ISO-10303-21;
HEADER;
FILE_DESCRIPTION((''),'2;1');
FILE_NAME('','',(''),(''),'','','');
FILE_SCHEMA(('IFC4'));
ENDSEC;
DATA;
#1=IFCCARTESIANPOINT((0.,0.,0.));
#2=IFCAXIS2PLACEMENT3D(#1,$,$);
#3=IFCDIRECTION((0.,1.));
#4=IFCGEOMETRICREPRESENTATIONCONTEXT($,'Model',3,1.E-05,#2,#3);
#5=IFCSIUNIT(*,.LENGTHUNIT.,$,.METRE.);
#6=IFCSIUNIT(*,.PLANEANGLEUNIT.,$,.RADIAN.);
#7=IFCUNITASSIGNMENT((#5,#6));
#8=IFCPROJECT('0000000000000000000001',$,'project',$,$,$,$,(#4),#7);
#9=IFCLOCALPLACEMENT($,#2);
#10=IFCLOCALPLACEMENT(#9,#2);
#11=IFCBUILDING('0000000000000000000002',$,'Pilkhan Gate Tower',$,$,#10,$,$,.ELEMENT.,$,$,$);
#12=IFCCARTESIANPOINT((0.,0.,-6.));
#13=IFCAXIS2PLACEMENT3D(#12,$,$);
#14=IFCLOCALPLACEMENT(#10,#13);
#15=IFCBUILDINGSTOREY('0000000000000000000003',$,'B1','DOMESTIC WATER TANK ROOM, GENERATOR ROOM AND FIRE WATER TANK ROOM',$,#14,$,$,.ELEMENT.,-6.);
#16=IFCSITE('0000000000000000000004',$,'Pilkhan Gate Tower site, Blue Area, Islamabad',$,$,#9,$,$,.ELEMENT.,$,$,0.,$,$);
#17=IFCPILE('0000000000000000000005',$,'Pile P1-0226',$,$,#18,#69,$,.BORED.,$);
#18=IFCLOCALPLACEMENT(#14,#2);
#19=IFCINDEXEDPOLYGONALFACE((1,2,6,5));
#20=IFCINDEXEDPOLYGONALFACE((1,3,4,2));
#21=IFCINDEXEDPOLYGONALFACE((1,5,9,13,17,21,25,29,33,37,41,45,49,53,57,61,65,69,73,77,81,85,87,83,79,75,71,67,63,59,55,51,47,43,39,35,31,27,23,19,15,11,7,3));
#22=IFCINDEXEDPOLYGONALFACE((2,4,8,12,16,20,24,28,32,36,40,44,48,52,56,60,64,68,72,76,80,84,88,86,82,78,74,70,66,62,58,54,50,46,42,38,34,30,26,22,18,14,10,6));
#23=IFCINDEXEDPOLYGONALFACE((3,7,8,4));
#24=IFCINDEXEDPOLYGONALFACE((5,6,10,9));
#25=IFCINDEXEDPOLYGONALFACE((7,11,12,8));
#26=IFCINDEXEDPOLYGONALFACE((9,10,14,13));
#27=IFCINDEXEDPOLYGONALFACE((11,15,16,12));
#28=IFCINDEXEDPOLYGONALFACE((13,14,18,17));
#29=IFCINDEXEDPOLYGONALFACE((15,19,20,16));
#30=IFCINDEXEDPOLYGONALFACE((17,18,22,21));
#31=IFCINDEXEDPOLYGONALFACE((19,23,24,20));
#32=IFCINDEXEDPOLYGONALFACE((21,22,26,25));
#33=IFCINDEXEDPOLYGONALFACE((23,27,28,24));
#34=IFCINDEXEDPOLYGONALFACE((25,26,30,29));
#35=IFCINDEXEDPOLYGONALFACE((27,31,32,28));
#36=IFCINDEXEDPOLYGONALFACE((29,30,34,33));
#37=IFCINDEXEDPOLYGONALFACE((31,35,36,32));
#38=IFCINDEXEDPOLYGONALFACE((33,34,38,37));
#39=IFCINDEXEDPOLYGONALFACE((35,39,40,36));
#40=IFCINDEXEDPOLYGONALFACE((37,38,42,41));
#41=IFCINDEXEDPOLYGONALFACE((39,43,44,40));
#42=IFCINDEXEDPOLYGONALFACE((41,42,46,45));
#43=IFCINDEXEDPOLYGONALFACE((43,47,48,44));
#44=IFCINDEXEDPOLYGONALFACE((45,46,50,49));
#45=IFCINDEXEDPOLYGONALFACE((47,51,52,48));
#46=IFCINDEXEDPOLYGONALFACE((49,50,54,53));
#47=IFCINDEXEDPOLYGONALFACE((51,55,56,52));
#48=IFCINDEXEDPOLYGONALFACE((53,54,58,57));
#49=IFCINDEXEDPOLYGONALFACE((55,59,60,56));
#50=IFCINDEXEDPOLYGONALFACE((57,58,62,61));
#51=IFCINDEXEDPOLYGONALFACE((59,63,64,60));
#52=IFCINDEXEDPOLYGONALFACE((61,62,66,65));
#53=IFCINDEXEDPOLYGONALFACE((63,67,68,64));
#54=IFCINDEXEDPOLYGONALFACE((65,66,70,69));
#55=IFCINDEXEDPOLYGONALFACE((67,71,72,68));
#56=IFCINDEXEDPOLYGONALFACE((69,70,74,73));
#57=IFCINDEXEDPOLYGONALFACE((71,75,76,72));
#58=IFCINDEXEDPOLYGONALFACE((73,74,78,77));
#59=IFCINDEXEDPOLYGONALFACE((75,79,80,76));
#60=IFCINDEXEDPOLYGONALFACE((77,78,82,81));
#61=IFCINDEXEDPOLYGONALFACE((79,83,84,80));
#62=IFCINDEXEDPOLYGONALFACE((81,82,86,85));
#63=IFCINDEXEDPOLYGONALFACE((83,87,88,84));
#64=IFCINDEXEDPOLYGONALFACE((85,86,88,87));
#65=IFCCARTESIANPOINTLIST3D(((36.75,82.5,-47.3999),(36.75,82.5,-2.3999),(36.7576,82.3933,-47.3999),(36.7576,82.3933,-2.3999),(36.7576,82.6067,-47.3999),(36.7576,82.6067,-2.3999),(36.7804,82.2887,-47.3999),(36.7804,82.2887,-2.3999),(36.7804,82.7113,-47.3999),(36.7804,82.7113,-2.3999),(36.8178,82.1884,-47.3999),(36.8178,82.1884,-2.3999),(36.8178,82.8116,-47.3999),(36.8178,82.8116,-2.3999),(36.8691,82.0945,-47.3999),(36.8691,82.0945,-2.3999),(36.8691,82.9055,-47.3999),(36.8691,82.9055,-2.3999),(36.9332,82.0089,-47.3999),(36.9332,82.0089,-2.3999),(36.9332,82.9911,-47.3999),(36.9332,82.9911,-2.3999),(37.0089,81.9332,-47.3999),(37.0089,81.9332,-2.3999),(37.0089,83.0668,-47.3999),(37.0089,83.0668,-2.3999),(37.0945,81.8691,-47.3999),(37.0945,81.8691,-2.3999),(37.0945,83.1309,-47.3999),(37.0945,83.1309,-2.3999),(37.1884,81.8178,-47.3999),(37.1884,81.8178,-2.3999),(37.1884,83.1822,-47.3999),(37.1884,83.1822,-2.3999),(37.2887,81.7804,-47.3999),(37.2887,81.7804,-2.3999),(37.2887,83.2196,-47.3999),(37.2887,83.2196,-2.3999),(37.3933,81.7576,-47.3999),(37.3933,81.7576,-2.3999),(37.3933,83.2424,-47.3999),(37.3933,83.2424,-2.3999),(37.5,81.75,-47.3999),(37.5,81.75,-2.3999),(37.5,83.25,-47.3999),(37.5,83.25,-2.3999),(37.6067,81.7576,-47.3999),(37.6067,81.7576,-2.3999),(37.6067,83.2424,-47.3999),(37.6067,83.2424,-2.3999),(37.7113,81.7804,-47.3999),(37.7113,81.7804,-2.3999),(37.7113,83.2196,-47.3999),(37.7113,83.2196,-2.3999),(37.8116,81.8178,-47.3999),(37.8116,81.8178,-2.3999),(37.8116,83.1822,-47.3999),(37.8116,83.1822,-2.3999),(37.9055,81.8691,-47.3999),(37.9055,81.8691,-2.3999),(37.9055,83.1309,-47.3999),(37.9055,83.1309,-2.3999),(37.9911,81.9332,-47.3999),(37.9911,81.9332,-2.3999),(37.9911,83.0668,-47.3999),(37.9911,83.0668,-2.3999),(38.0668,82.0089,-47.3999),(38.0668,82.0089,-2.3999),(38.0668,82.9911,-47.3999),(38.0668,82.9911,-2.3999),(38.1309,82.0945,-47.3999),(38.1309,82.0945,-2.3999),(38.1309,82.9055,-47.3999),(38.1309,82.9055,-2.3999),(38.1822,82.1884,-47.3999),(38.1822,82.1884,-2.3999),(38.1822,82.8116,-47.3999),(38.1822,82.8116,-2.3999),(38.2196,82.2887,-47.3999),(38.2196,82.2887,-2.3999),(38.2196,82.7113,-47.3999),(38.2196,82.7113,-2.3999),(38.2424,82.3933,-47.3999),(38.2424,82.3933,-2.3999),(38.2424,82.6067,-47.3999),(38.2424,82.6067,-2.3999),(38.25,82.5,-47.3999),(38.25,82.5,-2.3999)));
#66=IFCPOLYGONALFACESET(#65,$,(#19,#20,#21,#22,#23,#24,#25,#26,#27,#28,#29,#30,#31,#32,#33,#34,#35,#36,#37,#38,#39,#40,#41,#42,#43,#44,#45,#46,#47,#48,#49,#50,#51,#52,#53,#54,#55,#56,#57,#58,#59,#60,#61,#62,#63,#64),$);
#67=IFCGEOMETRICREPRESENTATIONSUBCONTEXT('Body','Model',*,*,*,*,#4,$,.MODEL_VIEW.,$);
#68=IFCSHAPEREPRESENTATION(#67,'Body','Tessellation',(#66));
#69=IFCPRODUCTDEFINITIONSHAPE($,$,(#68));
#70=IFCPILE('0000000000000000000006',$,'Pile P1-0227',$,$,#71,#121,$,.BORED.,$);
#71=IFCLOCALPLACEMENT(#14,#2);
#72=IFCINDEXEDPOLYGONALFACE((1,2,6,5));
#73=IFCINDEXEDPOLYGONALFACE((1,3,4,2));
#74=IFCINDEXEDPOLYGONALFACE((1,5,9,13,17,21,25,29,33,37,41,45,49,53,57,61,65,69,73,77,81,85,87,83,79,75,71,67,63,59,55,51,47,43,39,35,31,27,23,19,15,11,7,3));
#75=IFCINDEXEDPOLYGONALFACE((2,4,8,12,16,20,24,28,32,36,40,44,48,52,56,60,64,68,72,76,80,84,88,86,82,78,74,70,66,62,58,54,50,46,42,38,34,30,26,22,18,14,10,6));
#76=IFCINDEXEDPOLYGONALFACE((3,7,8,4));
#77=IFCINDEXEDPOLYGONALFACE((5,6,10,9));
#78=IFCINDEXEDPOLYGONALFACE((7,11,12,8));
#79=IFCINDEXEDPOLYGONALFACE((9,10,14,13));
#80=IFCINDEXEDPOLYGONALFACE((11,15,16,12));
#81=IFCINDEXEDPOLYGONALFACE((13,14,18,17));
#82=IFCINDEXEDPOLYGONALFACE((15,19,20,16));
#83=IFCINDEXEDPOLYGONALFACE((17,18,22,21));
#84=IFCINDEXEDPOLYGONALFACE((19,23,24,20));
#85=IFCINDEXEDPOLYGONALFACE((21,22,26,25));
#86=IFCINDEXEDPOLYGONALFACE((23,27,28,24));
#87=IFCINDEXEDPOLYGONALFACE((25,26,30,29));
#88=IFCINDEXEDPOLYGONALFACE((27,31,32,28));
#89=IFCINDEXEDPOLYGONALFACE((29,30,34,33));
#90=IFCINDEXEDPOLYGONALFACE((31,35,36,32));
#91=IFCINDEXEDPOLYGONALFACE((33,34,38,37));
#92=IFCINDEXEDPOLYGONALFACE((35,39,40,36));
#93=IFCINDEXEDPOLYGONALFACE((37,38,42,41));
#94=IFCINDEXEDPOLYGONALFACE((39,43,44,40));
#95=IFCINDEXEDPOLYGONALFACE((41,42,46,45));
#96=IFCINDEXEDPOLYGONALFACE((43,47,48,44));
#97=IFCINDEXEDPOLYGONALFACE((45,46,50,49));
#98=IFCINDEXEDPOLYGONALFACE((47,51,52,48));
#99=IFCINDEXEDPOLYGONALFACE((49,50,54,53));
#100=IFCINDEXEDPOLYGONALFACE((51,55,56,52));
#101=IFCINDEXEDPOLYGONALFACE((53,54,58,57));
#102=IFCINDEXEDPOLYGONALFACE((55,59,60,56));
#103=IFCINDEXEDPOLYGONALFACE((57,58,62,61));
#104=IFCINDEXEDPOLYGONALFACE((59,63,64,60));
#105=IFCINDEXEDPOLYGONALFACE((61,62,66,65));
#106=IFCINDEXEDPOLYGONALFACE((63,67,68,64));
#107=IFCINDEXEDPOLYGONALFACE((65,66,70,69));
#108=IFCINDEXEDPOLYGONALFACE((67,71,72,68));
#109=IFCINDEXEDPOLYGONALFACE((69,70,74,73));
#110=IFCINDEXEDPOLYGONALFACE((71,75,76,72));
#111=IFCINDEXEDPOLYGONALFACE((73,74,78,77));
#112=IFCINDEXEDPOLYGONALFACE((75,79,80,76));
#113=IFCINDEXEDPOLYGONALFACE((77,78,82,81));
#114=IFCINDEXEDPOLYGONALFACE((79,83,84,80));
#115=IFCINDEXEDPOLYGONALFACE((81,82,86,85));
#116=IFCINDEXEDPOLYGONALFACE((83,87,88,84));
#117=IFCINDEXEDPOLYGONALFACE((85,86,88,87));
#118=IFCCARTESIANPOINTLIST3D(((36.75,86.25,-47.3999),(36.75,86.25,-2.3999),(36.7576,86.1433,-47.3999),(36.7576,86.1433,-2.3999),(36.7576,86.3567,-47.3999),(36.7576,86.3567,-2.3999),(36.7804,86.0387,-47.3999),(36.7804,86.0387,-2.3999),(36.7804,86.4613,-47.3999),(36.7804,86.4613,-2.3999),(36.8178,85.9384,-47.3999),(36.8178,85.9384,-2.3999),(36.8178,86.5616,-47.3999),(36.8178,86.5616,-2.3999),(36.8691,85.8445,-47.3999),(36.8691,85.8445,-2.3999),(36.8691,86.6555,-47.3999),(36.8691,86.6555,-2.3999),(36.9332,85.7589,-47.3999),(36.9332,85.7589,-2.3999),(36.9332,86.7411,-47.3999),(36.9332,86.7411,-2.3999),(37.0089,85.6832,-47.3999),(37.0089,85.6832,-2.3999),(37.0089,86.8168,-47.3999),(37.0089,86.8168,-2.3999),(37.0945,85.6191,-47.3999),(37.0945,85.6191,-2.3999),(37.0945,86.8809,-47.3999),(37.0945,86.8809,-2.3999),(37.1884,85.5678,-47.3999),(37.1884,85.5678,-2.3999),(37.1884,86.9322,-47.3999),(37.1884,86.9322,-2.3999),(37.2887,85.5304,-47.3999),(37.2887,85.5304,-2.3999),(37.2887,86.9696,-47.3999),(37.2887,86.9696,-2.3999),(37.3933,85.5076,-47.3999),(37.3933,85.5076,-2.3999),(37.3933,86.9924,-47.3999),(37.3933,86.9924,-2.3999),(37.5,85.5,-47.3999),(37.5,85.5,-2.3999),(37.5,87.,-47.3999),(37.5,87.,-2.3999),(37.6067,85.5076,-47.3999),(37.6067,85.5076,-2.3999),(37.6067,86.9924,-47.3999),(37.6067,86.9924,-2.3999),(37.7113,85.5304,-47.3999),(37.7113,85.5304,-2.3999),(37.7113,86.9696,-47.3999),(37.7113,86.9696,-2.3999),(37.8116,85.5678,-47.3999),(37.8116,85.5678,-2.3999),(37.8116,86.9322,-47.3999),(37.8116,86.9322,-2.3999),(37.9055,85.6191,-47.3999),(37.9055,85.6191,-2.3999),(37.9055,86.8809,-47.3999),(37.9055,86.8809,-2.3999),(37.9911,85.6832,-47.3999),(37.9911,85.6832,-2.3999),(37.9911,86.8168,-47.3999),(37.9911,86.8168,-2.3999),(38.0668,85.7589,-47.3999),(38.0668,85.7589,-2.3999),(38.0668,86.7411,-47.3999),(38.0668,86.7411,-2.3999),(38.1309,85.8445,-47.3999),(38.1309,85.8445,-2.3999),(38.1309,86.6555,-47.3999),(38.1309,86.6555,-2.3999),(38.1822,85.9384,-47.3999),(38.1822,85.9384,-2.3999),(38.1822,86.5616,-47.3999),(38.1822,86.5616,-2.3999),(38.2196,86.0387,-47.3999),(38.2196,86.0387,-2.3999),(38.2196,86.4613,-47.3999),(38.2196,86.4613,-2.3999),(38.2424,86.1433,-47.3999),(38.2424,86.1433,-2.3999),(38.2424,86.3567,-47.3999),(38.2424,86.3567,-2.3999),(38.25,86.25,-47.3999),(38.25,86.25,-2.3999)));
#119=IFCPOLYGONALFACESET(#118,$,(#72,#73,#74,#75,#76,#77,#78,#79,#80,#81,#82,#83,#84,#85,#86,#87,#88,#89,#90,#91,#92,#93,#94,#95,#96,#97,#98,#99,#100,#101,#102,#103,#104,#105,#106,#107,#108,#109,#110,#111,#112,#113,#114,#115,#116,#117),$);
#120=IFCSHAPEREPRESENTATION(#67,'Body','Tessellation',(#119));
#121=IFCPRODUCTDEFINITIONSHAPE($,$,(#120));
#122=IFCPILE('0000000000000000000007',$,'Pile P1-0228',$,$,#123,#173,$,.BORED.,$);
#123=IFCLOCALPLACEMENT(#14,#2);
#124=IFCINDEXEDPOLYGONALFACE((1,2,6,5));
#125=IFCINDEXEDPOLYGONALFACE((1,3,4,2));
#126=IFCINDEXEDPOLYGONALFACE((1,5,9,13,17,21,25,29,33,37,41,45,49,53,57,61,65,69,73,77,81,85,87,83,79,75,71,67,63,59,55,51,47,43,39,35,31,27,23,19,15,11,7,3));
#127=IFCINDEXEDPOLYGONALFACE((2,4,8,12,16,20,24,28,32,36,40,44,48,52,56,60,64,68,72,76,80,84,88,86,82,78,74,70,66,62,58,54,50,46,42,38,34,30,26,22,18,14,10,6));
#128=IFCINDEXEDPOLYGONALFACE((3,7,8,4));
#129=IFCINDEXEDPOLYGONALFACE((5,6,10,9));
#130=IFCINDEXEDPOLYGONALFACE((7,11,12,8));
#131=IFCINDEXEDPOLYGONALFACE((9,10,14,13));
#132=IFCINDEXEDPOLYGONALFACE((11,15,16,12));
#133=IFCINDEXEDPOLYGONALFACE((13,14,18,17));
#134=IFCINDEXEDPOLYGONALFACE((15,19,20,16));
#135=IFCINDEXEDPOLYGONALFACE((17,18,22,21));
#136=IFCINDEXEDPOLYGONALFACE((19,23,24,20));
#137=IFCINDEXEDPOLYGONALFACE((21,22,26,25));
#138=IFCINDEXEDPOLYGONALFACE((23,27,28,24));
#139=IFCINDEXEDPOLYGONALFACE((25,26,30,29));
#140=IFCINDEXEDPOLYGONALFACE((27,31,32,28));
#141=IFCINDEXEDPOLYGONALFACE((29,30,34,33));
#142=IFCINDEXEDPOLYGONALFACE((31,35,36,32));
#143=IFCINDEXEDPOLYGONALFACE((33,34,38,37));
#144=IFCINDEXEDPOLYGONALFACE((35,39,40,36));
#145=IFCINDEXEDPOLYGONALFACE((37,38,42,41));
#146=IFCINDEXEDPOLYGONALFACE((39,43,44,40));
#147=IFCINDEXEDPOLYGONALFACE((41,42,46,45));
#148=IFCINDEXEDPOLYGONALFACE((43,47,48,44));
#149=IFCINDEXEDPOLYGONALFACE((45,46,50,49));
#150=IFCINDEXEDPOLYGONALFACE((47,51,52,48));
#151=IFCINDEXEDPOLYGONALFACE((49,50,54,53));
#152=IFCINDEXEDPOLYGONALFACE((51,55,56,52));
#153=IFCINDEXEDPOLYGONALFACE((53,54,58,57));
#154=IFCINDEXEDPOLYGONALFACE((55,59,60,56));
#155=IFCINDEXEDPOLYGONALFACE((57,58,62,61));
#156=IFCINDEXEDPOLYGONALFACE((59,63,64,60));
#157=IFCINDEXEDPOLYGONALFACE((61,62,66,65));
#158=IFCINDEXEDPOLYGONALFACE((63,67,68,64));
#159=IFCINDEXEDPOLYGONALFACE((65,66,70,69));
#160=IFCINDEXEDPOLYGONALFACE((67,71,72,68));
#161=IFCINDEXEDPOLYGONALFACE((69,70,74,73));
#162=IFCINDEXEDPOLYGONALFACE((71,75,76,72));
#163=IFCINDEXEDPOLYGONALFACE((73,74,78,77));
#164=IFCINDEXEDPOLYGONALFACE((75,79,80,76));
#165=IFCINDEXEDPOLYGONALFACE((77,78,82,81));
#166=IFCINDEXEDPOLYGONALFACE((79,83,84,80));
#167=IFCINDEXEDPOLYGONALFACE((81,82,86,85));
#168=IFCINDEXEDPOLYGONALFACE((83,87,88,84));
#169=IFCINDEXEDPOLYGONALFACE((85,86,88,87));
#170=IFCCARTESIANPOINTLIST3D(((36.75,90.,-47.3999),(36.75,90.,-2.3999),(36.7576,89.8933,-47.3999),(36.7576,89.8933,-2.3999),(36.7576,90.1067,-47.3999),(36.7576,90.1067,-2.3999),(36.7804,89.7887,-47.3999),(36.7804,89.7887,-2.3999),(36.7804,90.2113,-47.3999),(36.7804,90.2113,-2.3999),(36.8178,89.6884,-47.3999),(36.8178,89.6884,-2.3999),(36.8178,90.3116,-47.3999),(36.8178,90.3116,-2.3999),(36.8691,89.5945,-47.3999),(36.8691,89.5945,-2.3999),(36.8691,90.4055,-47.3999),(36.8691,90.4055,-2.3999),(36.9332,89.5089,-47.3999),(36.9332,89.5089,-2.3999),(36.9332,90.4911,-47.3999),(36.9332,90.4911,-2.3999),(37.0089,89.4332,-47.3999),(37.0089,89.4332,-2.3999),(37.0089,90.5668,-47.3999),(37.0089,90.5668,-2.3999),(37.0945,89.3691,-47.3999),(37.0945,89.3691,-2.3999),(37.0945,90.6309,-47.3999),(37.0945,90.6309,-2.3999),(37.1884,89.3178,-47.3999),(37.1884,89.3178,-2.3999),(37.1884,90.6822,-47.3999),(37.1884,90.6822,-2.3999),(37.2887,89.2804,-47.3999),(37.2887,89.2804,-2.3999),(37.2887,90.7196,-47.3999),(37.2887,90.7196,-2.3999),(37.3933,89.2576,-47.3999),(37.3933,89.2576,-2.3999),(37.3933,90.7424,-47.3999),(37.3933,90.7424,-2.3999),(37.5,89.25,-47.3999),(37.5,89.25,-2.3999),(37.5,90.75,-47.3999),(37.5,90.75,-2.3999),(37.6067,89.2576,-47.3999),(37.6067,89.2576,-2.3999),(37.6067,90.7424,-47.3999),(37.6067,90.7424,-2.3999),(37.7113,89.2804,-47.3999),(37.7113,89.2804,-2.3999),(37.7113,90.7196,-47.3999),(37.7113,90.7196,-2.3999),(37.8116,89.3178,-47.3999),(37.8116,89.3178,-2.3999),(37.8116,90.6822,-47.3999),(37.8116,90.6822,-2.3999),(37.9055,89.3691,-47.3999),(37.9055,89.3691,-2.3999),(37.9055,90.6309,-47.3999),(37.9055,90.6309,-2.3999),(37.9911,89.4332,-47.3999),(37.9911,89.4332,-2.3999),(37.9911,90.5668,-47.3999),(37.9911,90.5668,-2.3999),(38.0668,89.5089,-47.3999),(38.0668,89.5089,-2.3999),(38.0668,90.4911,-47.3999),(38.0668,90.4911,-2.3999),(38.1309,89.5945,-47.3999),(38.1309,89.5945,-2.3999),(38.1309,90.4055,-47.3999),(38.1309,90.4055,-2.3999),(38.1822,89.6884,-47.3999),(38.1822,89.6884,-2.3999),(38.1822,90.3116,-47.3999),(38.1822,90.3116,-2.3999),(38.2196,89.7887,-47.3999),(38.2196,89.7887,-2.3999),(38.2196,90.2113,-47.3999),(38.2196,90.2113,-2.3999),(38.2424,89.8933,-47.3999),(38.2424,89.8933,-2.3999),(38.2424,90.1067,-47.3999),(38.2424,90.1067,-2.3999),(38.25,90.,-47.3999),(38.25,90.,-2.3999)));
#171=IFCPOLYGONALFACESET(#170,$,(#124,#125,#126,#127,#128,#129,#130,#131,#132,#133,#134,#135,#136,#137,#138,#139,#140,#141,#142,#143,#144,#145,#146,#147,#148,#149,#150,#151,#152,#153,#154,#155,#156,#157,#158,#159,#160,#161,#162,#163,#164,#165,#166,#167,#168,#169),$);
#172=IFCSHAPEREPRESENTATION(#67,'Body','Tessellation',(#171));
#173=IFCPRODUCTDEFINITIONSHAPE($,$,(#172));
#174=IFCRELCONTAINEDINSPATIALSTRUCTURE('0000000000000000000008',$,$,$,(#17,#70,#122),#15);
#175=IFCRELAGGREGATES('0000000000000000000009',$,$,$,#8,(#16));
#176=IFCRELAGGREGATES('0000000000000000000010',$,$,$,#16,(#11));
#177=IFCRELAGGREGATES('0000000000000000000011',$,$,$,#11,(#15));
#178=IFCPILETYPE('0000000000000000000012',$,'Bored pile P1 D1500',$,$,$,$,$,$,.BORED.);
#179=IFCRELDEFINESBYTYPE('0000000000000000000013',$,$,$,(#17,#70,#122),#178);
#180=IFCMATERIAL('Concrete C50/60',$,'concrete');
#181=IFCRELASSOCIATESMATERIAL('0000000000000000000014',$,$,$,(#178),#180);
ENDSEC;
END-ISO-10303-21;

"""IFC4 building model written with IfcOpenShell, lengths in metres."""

from ifc_helpers import new_model, si_unit, direction, frame, origin, origin_2d, place, context, subcontext, project, spatial, circle, extrude, material, material_profile, profile_set, type_object, element, save


model = new_model("IFC4")

# Units and contexts
model_context = context("Model", 3, precision=1e-05, world=origin(), true_north=direction((0.0, 1.0)))
body_context = subcontext(model_context, "Body", "Model", "MODEL_VIEW")
ifc_project = project(units=[si_unit("LENGTHUNIT", "METRE"), si_unit("PLANEANGLEUNIT", "RADIAN")], contexts=[model_context])

# Site, building, storey
site_placement = place(None, origin())
site = spatial("IfcSite", under=ifc_project, at=site_placement, Name="Pilkhan Gate Tower site, Blue Area, Islamabad", CompositionType="ELEMENT", RefElevation=0.0)
building_placement = place(site_placement, origin())
building = spatial("IfcBuilding", under=site, at=building_placement, Name="Pilkhan Gate Tower", CompositionType="ELEMENT")
storey_placement = place(building_placement, frame((0.0, 0.0, -6.0)))
storey = spatial("IfcBuildingStorey", under=building, at=storey_placement, Name="B1", Description="DOMESTIC WATER TANK ROOM, GENERATOR ROOM AND FIRE WATER TANK ROOM", CompositionType="ELEMENT", Elevation=-6.0)

# Piles
ifc_material_1 = material(Name="Concrete C50/60", Category="concrete")
ifc_material_profile_1 = material_profile(ifc_material_1, circle(Radius=0.75, at=origin_2d()), Name="Bored pile 1500 dia")
ifc_profile_set_1 = profile_set([ifc_material_profile_1], Name="Concrete C50/60")
pile_type = type_object("IfcPileType", Name="Bored pile P1 D1500", PredefinedType="BORED", material=ifc_profile_set_1)
for number, where, z_axis, x_axis, name in (
    (1, (37.5, 82.5, -2.3999), (0.0, 0.0, -1.0), (1.0, 0.0, 0.0), "Pile P1-0226"),
    (2, (37.5, 86.25, -2.3999), (0.0, 0.0, -1.0), (1.0, 0.0, 0.0), "Pile P1-0227"),
    (3, (37.5, 90.0, -2.3999), (0.0, 0.0, -1.0), (1.0, 0.0, 0.0), "Pile P1-0228"),
):
    element("IfcPile", number, at=place(storey_placement, frame(where, z_axis=z_axis, x_axis=x_axis)), inside=storey, type_object=pile_type, Name=name, PredefinedType="BORED", context=body_context, shape_type="SweptSolid", body=[
        extrude(circle(Radius=0.75, at=origin_2d()), origin(), (0.0, 0.0, 1.0), 45.0),
    ])

save(model, "model.ifc")
